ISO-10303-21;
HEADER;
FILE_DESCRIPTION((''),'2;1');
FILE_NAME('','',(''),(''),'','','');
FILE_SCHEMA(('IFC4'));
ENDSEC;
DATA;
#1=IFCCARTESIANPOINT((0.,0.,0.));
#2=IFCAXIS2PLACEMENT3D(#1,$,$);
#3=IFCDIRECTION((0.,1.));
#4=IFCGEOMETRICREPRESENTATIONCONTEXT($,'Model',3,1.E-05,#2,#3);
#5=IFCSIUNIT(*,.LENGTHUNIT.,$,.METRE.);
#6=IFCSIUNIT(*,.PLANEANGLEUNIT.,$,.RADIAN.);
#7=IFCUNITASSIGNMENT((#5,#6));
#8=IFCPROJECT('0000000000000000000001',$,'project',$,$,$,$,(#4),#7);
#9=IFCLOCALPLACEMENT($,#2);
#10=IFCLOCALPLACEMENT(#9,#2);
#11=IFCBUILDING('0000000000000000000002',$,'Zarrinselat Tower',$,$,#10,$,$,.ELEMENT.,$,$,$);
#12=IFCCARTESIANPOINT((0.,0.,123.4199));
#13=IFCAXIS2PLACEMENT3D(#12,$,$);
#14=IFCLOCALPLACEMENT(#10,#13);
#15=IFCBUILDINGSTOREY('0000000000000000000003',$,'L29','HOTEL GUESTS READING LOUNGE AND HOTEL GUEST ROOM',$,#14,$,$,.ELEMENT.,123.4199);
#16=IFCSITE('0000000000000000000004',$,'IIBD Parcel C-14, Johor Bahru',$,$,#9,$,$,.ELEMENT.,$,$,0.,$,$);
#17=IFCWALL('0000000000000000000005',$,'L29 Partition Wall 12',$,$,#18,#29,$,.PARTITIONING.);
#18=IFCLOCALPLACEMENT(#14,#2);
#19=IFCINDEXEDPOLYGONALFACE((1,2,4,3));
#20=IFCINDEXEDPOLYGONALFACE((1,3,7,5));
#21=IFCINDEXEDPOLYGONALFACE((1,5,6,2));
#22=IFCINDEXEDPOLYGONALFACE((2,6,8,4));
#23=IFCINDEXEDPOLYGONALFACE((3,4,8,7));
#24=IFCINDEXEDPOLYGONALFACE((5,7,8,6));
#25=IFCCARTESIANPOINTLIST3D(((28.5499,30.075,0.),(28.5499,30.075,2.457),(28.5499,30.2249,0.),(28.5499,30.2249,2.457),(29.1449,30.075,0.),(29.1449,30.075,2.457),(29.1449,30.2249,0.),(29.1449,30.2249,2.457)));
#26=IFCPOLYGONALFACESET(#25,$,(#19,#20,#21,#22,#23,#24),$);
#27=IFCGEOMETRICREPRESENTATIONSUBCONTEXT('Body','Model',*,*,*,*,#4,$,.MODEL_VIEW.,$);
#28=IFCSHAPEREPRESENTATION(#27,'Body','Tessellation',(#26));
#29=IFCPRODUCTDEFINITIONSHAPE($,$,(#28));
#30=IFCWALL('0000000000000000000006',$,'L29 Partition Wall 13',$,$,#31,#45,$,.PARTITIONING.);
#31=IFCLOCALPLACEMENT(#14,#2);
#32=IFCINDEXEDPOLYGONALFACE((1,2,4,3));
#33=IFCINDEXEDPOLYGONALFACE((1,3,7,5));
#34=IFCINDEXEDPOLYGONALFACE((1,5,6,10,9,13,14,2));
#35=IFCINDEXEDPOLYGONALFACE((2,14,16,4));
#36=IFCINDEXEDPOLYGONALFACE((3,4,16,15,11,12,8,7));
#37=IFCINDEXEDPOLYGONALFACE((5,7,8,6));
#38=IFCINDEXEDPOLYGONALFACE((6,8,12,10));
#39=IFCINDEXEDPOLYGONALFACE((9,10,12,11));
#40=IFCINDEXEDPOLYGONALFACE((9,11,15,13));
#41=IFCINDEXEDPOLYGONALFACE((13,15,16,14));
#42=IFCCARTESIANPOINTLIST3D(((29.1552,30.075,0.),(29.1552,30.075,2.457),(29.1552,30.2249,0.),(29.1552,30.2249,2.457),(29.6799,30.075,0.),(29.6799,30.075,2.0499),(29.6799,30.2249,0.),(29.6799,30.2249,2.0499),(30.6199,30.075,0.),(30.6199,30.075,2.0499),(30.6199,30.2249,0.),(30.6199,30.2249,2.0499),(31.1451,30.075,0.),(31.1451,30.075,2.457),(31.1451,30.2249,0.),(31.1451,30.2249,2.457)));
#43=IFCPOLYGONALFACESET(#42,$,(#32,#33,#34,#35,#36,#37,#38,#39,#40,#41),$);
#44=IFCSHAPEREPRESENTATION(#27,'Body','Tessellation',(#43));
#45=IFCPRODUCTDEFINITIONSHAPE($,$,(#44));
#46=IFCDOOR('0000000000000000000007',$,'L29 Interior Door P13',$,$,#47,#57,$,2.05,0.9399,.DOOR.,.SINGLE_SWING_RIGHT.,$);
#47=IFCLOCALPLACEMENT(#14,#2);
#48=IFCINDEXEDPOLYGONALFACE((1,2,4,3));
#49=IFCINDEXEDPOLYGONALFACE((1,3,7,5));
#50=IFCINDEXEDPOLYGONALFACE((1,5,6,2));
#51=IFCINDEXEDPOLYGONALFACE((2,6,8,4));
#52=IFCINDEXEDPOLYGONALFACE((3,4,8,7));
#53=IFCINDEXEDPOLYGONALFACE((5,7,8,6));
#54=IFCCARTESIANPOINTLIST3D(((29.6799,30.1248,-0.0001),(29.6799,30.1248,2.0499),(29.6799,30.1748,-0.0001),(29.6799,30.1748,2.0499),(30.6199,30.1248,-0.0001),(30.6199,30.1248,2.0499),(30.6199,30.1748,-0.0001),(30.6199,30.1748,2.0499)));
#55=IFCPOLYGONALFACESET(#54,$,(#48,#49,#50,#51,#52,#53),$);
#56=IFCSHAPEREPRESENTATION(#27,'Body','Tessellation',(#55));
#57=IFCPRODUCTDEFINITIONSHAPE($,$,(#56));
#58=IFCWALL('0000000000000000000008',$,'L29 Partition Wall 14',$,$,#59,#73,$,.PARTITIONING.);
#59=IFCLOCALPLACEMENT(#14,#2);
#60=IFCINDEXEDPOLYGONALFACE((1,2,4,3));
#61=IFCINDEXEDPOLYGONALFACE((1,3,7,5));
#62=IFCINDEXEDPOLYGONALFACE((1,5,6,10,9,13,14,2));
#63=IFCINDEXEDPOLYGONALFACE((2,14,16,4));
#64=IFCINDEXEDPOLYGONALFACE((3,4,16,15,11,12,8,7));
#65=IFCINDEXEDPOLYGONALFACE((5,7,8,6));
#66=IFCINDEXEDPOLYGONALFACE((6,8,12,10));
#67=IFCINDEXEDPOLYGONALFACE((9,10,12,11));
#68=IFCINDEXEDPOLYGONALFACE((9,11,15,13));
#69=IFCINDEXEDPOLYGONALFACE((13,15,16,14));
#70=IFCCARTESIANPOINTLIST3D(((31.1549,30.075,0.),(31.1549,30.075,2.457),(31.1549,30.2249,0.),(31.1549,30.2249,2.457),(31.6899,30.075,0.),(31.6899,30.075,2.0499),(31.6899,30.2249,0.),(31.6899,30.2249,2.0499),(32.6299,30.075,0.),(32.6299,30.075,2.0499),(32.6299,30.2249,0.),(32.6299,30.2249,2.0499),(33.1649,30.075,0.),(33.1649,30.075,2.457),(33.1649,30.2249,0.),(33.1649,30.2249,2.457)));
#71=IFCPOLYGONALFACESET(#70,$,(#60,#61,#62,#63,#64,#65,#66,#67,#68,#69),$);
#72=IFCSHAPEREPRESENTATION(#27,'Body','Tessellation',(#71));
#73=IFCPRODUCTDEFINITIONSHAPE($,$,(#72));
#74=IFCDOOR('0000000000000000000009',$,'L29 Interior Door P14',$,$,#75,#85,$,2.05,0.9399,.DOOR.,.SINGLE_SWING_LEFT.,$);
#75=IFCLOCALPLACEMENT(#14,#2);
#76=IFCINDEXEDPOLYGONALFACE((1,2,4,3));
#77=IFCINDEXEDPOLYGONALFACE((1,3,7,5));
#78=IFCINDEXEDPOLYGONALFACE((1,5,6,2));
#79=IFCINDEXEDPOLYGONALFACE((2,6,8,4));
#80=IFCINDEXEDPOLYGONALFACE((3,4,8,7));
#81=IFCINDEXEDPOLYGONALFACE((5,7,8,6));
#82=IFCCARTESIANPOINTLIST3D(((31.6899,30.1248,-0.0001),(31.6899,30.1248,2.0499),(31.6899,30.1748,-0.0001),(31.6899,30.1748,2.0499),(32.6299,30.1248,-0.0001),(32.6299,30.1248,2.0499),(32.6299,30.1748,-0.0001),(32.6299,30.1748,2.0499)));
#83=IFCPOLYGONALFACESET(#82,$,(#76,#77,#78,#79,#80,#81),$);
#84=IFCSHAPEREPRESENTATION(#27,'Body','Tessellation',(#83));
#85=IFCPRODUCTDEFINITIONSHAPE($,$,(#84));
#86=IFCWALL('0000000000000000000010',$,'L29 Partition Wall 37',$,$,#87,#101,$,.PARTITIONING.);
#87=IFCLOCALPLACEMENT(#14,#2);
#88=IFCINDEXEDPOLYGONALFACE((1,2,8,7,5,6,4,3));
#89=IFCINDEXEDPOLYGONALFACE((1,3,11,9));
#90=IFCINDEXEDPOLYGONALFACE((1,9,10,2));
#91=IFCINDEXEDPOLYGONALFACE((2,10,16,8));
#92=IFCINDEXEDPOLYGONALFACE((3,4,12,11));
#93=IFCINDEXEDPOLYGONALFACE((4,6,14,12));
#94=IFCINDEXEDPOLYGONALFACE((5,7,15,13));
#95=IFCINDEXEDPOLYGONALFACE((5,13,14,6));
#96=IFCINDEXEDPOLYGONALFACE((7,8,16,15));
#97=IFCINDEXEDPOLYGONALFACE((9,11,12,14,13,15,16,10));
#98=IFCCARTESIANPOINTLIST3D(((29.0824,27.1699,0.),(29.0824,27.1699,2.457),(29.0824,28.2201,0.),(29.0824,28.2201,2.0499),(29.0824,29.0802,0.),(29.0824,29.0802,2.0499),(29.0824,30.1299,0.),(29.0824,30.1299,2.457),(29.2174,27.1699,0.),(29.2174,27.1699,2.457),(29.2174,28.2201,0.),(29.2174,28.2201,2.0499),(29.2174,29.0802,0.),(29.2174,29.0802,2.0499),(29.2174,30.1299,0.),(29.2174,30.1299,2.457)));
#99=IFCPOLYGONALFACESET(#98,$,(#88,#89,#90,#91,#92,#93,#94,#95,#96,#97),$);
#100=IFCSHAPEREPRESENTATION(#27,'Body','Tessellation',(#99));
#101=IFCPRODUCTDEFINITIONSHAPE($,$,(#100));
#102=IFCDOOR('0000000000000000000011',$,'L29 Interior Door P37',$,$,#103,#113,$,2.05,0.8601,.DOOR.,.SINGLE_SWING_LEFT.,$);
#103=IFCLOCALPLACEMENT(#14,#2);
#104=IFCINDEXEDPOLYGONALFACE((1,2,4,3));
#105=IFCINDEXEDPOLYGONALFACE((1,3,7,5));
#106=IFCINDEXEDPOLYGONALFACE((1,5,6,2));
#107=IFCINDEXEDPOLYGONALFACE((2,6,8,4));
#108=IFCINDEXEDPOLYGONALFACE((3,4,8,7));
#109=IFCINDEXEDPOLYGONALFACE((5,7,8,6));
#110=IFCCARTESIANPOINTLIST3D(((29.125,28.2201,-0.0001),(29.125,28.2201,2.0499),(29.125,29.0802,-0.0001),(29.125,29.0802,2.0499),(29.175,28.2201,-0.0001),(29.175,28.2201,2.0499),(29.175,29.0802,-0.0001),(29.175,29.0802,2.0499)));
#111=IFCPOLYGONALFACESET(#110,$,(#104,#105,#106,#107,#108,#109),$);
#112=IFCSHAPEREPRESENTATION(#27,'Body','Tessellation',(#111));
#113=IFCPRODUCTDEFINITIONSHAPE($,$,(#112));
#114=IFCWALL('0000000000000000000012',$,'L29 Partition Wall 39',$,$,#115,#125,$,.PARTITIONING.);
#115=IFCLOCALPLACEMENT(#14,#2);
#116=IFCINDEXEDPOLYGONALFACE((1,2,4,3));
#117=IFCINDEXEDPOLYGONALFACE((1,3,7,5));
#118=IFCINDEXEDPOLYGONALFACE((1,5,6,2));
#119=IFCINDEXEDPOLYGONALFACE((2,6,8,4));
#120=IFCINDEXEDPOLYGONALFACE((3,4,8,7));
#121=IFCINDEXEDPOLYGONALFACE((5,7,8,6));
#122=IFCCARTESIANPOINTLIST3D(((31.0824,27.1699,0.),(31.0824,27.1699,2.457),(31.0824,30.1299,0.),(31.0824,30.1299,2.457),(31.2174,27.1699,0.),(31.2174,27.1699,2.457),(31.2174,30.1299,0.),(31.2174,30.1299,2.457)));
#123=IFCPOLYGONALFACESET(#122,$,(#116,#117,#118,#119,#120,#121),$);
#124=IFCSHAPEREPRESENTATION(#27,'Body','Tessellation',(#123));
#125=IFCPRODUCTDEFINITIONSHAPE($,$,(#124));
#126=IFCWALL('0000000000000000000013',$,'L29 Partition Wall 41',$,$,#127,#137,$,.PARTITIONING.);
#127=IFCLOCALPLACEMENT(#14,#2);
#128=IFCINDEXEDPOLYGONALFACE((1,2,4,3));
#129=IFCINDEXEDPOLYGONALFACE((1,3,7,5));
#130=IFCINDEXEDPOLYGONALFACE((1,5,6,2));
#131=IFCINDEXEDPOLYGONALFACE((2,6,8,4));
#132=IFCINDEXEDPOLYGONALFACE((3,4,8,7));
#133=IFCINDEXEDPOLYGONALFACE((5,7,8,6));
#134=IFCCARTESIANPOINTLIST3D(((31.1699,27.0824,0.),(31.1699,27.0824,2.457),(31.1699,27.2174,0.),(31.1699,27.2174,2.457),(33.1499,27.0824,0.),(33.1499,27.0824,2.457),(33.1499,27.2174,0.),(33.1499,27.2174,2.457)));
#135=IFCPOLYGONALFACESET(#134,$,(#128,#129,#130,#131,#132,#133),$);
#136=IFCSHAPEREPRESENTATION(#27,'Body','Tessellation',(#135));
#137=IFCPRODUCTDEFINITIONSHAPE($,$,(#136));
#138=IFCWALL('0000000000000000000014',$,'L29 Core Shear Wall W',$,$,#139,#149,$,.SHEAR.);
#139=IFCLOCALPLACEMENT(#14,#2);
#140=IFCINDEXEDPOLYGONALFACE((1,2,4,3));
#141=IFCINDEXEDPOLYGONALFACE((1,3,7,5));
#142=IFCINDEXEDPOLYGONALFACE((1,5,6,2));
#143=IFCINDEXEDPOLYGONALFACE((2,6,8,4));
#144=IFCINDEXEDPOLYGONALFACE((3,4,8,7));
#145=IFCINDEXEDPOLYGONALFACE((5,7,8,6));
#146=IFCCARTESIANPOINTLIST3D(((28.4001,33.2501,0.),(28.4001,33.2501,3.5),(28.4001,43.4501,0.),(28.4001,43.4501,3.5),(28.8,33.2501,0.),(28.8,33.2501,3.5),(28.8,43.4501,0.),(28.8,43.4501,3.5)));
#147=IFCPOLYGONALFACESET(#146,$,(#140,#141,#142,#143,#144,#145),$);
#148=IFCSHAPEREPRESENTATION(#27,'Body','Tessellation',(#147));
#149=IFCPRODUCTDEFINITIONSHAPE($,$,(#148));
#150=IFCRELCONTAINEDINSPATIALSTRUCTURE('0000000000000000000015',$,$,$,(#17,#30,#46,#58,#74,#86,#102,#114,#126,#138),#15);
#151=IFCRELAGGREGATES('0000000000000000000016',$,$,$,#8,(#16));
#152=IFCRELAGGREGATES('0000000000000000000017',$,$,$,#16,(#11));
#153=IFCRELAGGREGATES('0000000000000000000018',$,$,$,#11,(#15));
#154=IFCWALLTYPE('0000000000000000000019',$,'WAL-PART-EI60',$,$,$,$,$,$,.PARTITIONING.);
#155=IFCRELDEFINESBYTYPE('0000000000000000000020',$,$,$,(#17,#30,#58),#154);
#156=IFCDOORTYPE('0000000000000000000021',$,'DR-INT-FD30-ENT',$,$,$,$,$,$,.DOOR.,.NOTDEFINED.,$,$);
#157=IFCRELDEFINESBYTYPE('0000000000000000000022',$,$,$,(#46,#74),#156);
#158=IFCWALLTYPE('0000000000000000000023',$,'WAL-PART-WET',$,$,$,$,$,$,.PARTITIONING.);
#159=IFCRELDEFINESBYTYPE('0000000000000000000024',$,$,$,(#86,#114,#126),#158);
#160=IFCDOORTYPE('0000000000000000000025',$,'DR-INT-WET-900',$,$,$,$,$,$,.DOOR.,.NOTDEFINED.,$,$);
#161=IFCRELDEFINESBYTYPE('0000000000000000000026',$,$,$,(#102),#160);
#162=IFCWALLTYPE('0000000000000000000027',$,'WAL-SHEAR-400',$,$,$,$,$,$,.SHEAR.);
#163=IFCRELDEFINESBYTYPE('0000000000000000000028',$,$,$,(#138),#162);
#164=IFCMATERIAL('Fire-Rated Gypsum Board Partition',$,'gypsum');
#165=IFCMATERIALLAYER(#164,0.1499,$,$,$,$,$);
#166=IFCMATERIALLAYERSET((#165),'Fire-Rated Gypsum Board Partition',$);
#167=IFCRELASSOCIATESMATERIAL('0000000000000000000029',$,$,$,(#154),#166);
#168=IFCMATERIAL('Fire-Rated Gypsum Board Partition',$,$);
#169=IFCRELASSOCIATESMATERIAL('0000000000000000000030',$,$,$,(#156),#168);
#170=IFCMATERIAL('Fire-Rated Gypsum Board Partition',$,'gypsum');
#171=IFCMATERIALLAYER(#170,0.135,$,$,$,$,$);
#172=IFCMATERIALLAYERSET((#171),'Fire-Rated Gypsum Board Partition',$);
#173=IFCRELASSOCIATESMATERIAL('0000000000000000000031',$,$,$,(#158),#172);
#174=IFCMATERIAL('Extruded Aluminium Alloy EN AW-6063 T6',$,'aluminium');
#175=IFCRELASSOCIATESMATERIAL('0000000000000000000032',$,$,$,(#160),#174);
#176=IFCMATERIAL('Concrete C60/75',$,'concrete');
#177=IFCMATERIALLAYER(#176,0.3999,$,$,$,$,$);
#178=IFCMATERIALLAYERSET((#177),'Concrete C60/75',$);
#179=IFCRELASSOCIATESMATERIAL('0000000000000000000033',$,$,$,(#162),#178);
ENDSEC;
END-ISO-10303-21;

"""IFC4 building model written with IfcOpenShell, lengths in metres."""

from ifc_helpers import new_model, si_unit, direction, frame, frame_2d, origin, place, context, subcontext, project, spatial, rectangle, extrude, material, layer, layer_set, type_object, element, fill, save


model = new_model("IFC4")

# Units and contexts
model_context = context("Model", 3, precision=1e-05, world=origin(), true_north=direction((0.0, 1.0)))
body_context = subcontext(model_context, "Body", "Model", "MODEL_VIEW")
ifc_project = project(units=[si_unit("LENGTHUNIT", "METRE"), si_unit("PLANEANGLEUNIT", "RADIAN")], contexts=[model_context])

# Site, building, storey
site_placement = place(None, origin())
site = spatial("IfcSite", under=ifc_project, at=site_placement, Name="IIBD Parcel C-14, Johor Bahru", CompositionType="ELEMENT", RefElevation=0.0)
building_placement = place(site_placement, origin())
building = spatial("IfcBuilding", under=site, at=building_placement, Name="Zarrinselat Tower", CompositionType="ELEMENT")
storey_placement = place(building_placement, frame((0.0, 0.0, 123.4199)))
storey = spatial("IfcBuildingStorey", under=building, at=storey_placement, Name="L29", Description="HOTEL GUESTS READING LOUNGE AND HOTEL GUEST ROOM", CompositionType="ELEMENT", Elevation=123.4199)

# Wall
ifc_material_1 = material(Name="Fire-Rated Gypsum Board Partition", Category="gypsum")
ifc_layer_1 = layer(ifc_material_1, 0.1499)
ifc_layer_set_1 = layer_set([ifc_layer_1], Name="Fire-Rated Gypsum Board Partition")
wall_type_1 = type_object("IfcWallType", Name="WAL-PART-EI60", PredefinedType="PARTITIONING", material=ifc_layer_set_1)
wall_1_placement = place(storey_placement, frame((28.55, 30.1499, 0.0), z_axis=(0.0, 0.0, 1.0), x_axis=(1.0, 0.0, 0.0)))
element("IfcWall", 1, at=wall_1_placement, inside=storey, type_object=wall_type_1, Name="L29 Partition Wall 12", PredefinedType="PARTITIONING", context=body_context, shape_type="SweptSolid", body=[
    extrude(rectangle(XDim=0.595, YDim=0.1499, at=frame_2d((0.2974, 0.0))), origin(), (0.0, 0.0, 1.0), 2.457),
])

# Walls, openings, doors
wall_2_placement = place(storey_placement, frame((29.155, 30.1499, 0.0), z_axis=(0.0, 0.0, 1.0), x_axis=(1.0, 0.0, 0.0)))
wall_2 = element("IfcWall", 2, at=wall_2_placement, inside=storey, type_object=wall_type_1, Name="L29 Partition Wall 13", PredefinedType="PARTITIONING", context=body_context, shape_type="SweptSolid", body=[
    extrude(rectangle(XDim=1.99, YDim=0.1499, at=frame_2d((0.9951, 0.0))), origin(), (0.0, 0.0, 1.0), 2.457),
])
opening_1_placement = place(wall_2_placement, frame((0.5249, 0.0, 0.0)))
opening_1 = element("IfcOpeningElement", 3, at=opening_1_placement, cuts=wall_2, PredefinedType="OPENING", context=body_context, shape_type="SweptSolid", body=[
    extrude(rectangle(XDim=0.9399, YDim=2.05, at=frame_2d((0.47, 1.0249))), frame((0.0, 0.085, 0.0), z_axis=(0.0, -1.0, 0.0), x_axis=(1.0, 0.0, 0.0)), (0.0, 0.0, 1.0), 0.1699),
])
ifc_material_2 = material(Name="Fire-Rated Gypsum Board Partition")
door_type_1 = type_object("IfcDoorType", Name="DR-INT-FD30-ENT", OperationType="NOTDEFINED", PredefinedType="DOOR", material=ifc_material_2)
door_1_placement = place(opening_1_placement, origin())
door_1 = element("IfcDoor", 4, at=door_1_placement, inside=storey, type_object=door_type_1, Name="L29 Interior Door P13", OperationType="SINGLE_SWING_RIGHT", OverallHeight=2.05, OverallWidth=0.9399, PredefinedType="DOOR", context=body_context, shape_type="SweptSolid", body=[
    extrude(rectangle(XDim=0.9399, YDim=2.05, at=frame_2d((0.47, 1.0249))), frame((0.0, 0.0249, 0.0), z_axis=(0.0, -1.0, 0.0), x_axis=(1.0, 0.0, 0.0)), (0.0, 0.0, 1.0), 0.05),
])
fill(opening_1, door_1)
wall_3_placement = place(storey_placement, frame((31.155, 30.1499, 0.0), z_axis=(0.0, 0.0, 1.0), x_axis=(1.0, 0.0, 0.0)))
wall_3 = element("IfcWall", 5, at=wall_3_placement, inside=storey, type_object=wall_type_1, Name="L29 Partition Wall 14", PredefinedType="PARTITIONING", context=body_context, shape_type="SweptSolid", body=[
    extrude(rectangle(XDim=2.01, YDim=0.1499, at=frame_2d((1.0049, 0.0))), origin(), (0.0, 0.0, 1.0), 2.457),
])
opening_2_placement = place(wall_3_placement, frame((0.5349, 0.0, 0.0)))
opening_2 = element("IfcOpeningElement", 6, at=opening_2_placement, cuts=wall_3, PredefinedType="OPENING", context=body_context, shape_type="SweptSolid", body=[
    extrude(rectangle(XDim=0.9399, YDim=2.05, at=frame_2d((0.47, 1.0249))), frame((0.0, 0.085, 0.0), z_axis=(0.0, -1.0, 0.0), x_axis=(1.0, 0.0, 0.0)), (0.0, 0.0, 1.0), 0.1699),
])
door_2_placement = place(opening_2_placement, origin())
door_2 = element("IfcDoor", 7, at=door_2_placement, inside=storey, type_object=door_type_1, Name="L29 Interior Door P14", OperationType="SINGLE_SWING_LEFT", OverallHeight=2.05, OverallWidth=0.9399, PredefinedType="DOOR", context=body_context, shape_type="SweptSolid", body=[
    extrude(rectangle(XDim=0.9399, YDim=2.05, at=frame_2d((0.47, 1.0249))), frame((0.0, 0.0249, 0.0), z_axis=(0.0, -1.0, 0.0), x_axis=(1.0, 0.0, 0.0)), (0.0, 0.0, 1.0), 0.05),
])
fill(opening_2, door_2)
ifc_material_3 = material(Name="Fire-Rated Gypsum Board Partition", Category="gypsum")
ifc_layer_2 = layer(ifc_material_3, 0.135)
ifc_layer_set_2 = layer_set([ifc_layer_2], Name="Fire-Rated Gypsum Board Partition")
wall_type_2 = type_object("IfcWallType", Name="WAL-PART-WET", PredefinedType="PARTITIONING", material=ifc_layer_set_2)
wall_4_placement = place(storey_placement, frame((29.1499, 27.1699, 0.0), z_axis=(0.0, 0.0, 1.0), x_axis=(0.0, 1.0, 0.0)))
wall_4 = element("IfcWall", 8, at=wall_4_placement, inside=storey, type_object=wall_type_2, Name="L29 Partition Wall 37", PredefinedType="PARTITIONING", context=body_context, shape_type="SweptSolid", body=[
    extrude(rectangle(XDim=2.96, YDim=0.135, at=frame_2d((1.48, 0.0))), origin(), (0.0, 0.0, 1.0), 2.457),
])
opening_3_placement = place(wall_4_placement, frame((1.05, 0.0, 0.0)))
opening_3 = element("IfcOpeningElement", 9, at=opening_3_placement, cuts=wall_4, PredefinedType="OPENING", context=body_context, shape_type="SweptSolid", body=[
    extrude(rectangle(XDim=0.8601, YDim=2.05, at=frame_2d((0.4302, 1.0249))), frame((0.0, 0.0774, 0.0), z_axis=(0.0, -1.0, 0.0), x_axis=(1.0, 0.0, 0.0)), (0.0, 0.0, 1.0), 0.155),
])
ifc_material_4 = material(Name="Extruded Aluminium Alloy EN AW-6063 T6", Category="aluminium")
door_type_2 = type_object("IfcDoorType", Name="DR-INT-WET-900", OperationType="NOTDEFINED", PredefinedType="DOOR", material=ifc_material_4)
door_3_placement = place(opening_3_placement, origin())
door_3 = element("IfcDoor", 10, at=door_3_placement, inside=storey, type_object=door_type_2, Name="L29 Interior Door P37", OperationType="SINGLE_SWING_LEFT", OverallHeight=2.05, OverallWidth=0.8601, PredefinedType="DOOR", context=body_context, shape_type="SweptSolid", body=[
    extrude(rectangle(XDim=0.8601, YDim=2.05, at=frame_2d((0.4302, 1.0249))), frame((0.0, 0.0249, 0.0), z_axis=(0.0, -1.0, 0.0), x_axis=(1.0, 0.0, 0.0)), (0.0, 0.0, 1.0), 0.05),
])
fill(opening_3, door_3)

# Walls
wall_5_placement = place(storey_placement, frame((31.1499, 27.1699, 0.0), z_axis=(0.0, 0.0, 1.0), x_axis=(0.0, 1.0, 0.0)))
element("IfcWall", 11, at=wall_5_placement, inside=storey, type_object=wall_type_2, Name="L29 Partition Wall 39", PredefinedType="PARTITIONING", context=body_context, shape_type="SweptSolid", body=[
    extrude(rectangle(XDim=2.96, YDim=0.135, at=frame_2d((1.48, 0.0))), origin(), (0.0, 0.0, 1.0), 2.457),
])
wall_6_placement = place(storey_placement, frame((31.1699, 27.1499, 0.0), z_axis=(0.0, 0.0, 1.0), x_axis=(1.0, 0.0, 0.0)))
element("IfcWall", 12, at=wall_6_placement, inside=storey, type_object=wall_type_2, Name="L29 Partition Wall 41", PredefinedType="PARTITIONING", context=body_context, shape_type="SweptSolid", body=[
    extrude(rectangle(XDim=1.98, YDim=0.135, at=frame_2d((0.99, 0.0))), origin(), (0.0, 0.0, 1.0), 2.457),
])

# Shared definitions
ifc_material_5 = material(Name="Concrete C60/75", Category="concrete")
ifc_layer_3 = layer(ifc_material_5, 0.3999)
ifc_layer_set_3 = layer_set([ifc_layer_3], Name="Concrete C60/75")
wall_type_3 = type_object("IfcWallType", Name="WAL-SHEAR-400", PredefinedType="SHEAR", material=ifc_layer_set_3)

# Wall
wall_7_placement = place(storey_placement, frame((28.6001, 33.25, 0.0), z_axis=(0.0, 0.0, 1.0), x_axis=(0.0, 1.0, 0.0)))
element("IfcWall", 13, at=wall_7_placement, inside=storey, type_object=wall_type_3, Name="L29 Core Shear Wall W", PredefinedType="SHEAR", context=body_context, shape_type="SweptSolid", body=[
    extrude(rectangle(XDim=10.2, YDim=0.3999, at=frame_2d((5.1001, 0.0))), origin(), (0.0, 0.0, 1.0), 3.5),
])

save(model, "model.ifc")
